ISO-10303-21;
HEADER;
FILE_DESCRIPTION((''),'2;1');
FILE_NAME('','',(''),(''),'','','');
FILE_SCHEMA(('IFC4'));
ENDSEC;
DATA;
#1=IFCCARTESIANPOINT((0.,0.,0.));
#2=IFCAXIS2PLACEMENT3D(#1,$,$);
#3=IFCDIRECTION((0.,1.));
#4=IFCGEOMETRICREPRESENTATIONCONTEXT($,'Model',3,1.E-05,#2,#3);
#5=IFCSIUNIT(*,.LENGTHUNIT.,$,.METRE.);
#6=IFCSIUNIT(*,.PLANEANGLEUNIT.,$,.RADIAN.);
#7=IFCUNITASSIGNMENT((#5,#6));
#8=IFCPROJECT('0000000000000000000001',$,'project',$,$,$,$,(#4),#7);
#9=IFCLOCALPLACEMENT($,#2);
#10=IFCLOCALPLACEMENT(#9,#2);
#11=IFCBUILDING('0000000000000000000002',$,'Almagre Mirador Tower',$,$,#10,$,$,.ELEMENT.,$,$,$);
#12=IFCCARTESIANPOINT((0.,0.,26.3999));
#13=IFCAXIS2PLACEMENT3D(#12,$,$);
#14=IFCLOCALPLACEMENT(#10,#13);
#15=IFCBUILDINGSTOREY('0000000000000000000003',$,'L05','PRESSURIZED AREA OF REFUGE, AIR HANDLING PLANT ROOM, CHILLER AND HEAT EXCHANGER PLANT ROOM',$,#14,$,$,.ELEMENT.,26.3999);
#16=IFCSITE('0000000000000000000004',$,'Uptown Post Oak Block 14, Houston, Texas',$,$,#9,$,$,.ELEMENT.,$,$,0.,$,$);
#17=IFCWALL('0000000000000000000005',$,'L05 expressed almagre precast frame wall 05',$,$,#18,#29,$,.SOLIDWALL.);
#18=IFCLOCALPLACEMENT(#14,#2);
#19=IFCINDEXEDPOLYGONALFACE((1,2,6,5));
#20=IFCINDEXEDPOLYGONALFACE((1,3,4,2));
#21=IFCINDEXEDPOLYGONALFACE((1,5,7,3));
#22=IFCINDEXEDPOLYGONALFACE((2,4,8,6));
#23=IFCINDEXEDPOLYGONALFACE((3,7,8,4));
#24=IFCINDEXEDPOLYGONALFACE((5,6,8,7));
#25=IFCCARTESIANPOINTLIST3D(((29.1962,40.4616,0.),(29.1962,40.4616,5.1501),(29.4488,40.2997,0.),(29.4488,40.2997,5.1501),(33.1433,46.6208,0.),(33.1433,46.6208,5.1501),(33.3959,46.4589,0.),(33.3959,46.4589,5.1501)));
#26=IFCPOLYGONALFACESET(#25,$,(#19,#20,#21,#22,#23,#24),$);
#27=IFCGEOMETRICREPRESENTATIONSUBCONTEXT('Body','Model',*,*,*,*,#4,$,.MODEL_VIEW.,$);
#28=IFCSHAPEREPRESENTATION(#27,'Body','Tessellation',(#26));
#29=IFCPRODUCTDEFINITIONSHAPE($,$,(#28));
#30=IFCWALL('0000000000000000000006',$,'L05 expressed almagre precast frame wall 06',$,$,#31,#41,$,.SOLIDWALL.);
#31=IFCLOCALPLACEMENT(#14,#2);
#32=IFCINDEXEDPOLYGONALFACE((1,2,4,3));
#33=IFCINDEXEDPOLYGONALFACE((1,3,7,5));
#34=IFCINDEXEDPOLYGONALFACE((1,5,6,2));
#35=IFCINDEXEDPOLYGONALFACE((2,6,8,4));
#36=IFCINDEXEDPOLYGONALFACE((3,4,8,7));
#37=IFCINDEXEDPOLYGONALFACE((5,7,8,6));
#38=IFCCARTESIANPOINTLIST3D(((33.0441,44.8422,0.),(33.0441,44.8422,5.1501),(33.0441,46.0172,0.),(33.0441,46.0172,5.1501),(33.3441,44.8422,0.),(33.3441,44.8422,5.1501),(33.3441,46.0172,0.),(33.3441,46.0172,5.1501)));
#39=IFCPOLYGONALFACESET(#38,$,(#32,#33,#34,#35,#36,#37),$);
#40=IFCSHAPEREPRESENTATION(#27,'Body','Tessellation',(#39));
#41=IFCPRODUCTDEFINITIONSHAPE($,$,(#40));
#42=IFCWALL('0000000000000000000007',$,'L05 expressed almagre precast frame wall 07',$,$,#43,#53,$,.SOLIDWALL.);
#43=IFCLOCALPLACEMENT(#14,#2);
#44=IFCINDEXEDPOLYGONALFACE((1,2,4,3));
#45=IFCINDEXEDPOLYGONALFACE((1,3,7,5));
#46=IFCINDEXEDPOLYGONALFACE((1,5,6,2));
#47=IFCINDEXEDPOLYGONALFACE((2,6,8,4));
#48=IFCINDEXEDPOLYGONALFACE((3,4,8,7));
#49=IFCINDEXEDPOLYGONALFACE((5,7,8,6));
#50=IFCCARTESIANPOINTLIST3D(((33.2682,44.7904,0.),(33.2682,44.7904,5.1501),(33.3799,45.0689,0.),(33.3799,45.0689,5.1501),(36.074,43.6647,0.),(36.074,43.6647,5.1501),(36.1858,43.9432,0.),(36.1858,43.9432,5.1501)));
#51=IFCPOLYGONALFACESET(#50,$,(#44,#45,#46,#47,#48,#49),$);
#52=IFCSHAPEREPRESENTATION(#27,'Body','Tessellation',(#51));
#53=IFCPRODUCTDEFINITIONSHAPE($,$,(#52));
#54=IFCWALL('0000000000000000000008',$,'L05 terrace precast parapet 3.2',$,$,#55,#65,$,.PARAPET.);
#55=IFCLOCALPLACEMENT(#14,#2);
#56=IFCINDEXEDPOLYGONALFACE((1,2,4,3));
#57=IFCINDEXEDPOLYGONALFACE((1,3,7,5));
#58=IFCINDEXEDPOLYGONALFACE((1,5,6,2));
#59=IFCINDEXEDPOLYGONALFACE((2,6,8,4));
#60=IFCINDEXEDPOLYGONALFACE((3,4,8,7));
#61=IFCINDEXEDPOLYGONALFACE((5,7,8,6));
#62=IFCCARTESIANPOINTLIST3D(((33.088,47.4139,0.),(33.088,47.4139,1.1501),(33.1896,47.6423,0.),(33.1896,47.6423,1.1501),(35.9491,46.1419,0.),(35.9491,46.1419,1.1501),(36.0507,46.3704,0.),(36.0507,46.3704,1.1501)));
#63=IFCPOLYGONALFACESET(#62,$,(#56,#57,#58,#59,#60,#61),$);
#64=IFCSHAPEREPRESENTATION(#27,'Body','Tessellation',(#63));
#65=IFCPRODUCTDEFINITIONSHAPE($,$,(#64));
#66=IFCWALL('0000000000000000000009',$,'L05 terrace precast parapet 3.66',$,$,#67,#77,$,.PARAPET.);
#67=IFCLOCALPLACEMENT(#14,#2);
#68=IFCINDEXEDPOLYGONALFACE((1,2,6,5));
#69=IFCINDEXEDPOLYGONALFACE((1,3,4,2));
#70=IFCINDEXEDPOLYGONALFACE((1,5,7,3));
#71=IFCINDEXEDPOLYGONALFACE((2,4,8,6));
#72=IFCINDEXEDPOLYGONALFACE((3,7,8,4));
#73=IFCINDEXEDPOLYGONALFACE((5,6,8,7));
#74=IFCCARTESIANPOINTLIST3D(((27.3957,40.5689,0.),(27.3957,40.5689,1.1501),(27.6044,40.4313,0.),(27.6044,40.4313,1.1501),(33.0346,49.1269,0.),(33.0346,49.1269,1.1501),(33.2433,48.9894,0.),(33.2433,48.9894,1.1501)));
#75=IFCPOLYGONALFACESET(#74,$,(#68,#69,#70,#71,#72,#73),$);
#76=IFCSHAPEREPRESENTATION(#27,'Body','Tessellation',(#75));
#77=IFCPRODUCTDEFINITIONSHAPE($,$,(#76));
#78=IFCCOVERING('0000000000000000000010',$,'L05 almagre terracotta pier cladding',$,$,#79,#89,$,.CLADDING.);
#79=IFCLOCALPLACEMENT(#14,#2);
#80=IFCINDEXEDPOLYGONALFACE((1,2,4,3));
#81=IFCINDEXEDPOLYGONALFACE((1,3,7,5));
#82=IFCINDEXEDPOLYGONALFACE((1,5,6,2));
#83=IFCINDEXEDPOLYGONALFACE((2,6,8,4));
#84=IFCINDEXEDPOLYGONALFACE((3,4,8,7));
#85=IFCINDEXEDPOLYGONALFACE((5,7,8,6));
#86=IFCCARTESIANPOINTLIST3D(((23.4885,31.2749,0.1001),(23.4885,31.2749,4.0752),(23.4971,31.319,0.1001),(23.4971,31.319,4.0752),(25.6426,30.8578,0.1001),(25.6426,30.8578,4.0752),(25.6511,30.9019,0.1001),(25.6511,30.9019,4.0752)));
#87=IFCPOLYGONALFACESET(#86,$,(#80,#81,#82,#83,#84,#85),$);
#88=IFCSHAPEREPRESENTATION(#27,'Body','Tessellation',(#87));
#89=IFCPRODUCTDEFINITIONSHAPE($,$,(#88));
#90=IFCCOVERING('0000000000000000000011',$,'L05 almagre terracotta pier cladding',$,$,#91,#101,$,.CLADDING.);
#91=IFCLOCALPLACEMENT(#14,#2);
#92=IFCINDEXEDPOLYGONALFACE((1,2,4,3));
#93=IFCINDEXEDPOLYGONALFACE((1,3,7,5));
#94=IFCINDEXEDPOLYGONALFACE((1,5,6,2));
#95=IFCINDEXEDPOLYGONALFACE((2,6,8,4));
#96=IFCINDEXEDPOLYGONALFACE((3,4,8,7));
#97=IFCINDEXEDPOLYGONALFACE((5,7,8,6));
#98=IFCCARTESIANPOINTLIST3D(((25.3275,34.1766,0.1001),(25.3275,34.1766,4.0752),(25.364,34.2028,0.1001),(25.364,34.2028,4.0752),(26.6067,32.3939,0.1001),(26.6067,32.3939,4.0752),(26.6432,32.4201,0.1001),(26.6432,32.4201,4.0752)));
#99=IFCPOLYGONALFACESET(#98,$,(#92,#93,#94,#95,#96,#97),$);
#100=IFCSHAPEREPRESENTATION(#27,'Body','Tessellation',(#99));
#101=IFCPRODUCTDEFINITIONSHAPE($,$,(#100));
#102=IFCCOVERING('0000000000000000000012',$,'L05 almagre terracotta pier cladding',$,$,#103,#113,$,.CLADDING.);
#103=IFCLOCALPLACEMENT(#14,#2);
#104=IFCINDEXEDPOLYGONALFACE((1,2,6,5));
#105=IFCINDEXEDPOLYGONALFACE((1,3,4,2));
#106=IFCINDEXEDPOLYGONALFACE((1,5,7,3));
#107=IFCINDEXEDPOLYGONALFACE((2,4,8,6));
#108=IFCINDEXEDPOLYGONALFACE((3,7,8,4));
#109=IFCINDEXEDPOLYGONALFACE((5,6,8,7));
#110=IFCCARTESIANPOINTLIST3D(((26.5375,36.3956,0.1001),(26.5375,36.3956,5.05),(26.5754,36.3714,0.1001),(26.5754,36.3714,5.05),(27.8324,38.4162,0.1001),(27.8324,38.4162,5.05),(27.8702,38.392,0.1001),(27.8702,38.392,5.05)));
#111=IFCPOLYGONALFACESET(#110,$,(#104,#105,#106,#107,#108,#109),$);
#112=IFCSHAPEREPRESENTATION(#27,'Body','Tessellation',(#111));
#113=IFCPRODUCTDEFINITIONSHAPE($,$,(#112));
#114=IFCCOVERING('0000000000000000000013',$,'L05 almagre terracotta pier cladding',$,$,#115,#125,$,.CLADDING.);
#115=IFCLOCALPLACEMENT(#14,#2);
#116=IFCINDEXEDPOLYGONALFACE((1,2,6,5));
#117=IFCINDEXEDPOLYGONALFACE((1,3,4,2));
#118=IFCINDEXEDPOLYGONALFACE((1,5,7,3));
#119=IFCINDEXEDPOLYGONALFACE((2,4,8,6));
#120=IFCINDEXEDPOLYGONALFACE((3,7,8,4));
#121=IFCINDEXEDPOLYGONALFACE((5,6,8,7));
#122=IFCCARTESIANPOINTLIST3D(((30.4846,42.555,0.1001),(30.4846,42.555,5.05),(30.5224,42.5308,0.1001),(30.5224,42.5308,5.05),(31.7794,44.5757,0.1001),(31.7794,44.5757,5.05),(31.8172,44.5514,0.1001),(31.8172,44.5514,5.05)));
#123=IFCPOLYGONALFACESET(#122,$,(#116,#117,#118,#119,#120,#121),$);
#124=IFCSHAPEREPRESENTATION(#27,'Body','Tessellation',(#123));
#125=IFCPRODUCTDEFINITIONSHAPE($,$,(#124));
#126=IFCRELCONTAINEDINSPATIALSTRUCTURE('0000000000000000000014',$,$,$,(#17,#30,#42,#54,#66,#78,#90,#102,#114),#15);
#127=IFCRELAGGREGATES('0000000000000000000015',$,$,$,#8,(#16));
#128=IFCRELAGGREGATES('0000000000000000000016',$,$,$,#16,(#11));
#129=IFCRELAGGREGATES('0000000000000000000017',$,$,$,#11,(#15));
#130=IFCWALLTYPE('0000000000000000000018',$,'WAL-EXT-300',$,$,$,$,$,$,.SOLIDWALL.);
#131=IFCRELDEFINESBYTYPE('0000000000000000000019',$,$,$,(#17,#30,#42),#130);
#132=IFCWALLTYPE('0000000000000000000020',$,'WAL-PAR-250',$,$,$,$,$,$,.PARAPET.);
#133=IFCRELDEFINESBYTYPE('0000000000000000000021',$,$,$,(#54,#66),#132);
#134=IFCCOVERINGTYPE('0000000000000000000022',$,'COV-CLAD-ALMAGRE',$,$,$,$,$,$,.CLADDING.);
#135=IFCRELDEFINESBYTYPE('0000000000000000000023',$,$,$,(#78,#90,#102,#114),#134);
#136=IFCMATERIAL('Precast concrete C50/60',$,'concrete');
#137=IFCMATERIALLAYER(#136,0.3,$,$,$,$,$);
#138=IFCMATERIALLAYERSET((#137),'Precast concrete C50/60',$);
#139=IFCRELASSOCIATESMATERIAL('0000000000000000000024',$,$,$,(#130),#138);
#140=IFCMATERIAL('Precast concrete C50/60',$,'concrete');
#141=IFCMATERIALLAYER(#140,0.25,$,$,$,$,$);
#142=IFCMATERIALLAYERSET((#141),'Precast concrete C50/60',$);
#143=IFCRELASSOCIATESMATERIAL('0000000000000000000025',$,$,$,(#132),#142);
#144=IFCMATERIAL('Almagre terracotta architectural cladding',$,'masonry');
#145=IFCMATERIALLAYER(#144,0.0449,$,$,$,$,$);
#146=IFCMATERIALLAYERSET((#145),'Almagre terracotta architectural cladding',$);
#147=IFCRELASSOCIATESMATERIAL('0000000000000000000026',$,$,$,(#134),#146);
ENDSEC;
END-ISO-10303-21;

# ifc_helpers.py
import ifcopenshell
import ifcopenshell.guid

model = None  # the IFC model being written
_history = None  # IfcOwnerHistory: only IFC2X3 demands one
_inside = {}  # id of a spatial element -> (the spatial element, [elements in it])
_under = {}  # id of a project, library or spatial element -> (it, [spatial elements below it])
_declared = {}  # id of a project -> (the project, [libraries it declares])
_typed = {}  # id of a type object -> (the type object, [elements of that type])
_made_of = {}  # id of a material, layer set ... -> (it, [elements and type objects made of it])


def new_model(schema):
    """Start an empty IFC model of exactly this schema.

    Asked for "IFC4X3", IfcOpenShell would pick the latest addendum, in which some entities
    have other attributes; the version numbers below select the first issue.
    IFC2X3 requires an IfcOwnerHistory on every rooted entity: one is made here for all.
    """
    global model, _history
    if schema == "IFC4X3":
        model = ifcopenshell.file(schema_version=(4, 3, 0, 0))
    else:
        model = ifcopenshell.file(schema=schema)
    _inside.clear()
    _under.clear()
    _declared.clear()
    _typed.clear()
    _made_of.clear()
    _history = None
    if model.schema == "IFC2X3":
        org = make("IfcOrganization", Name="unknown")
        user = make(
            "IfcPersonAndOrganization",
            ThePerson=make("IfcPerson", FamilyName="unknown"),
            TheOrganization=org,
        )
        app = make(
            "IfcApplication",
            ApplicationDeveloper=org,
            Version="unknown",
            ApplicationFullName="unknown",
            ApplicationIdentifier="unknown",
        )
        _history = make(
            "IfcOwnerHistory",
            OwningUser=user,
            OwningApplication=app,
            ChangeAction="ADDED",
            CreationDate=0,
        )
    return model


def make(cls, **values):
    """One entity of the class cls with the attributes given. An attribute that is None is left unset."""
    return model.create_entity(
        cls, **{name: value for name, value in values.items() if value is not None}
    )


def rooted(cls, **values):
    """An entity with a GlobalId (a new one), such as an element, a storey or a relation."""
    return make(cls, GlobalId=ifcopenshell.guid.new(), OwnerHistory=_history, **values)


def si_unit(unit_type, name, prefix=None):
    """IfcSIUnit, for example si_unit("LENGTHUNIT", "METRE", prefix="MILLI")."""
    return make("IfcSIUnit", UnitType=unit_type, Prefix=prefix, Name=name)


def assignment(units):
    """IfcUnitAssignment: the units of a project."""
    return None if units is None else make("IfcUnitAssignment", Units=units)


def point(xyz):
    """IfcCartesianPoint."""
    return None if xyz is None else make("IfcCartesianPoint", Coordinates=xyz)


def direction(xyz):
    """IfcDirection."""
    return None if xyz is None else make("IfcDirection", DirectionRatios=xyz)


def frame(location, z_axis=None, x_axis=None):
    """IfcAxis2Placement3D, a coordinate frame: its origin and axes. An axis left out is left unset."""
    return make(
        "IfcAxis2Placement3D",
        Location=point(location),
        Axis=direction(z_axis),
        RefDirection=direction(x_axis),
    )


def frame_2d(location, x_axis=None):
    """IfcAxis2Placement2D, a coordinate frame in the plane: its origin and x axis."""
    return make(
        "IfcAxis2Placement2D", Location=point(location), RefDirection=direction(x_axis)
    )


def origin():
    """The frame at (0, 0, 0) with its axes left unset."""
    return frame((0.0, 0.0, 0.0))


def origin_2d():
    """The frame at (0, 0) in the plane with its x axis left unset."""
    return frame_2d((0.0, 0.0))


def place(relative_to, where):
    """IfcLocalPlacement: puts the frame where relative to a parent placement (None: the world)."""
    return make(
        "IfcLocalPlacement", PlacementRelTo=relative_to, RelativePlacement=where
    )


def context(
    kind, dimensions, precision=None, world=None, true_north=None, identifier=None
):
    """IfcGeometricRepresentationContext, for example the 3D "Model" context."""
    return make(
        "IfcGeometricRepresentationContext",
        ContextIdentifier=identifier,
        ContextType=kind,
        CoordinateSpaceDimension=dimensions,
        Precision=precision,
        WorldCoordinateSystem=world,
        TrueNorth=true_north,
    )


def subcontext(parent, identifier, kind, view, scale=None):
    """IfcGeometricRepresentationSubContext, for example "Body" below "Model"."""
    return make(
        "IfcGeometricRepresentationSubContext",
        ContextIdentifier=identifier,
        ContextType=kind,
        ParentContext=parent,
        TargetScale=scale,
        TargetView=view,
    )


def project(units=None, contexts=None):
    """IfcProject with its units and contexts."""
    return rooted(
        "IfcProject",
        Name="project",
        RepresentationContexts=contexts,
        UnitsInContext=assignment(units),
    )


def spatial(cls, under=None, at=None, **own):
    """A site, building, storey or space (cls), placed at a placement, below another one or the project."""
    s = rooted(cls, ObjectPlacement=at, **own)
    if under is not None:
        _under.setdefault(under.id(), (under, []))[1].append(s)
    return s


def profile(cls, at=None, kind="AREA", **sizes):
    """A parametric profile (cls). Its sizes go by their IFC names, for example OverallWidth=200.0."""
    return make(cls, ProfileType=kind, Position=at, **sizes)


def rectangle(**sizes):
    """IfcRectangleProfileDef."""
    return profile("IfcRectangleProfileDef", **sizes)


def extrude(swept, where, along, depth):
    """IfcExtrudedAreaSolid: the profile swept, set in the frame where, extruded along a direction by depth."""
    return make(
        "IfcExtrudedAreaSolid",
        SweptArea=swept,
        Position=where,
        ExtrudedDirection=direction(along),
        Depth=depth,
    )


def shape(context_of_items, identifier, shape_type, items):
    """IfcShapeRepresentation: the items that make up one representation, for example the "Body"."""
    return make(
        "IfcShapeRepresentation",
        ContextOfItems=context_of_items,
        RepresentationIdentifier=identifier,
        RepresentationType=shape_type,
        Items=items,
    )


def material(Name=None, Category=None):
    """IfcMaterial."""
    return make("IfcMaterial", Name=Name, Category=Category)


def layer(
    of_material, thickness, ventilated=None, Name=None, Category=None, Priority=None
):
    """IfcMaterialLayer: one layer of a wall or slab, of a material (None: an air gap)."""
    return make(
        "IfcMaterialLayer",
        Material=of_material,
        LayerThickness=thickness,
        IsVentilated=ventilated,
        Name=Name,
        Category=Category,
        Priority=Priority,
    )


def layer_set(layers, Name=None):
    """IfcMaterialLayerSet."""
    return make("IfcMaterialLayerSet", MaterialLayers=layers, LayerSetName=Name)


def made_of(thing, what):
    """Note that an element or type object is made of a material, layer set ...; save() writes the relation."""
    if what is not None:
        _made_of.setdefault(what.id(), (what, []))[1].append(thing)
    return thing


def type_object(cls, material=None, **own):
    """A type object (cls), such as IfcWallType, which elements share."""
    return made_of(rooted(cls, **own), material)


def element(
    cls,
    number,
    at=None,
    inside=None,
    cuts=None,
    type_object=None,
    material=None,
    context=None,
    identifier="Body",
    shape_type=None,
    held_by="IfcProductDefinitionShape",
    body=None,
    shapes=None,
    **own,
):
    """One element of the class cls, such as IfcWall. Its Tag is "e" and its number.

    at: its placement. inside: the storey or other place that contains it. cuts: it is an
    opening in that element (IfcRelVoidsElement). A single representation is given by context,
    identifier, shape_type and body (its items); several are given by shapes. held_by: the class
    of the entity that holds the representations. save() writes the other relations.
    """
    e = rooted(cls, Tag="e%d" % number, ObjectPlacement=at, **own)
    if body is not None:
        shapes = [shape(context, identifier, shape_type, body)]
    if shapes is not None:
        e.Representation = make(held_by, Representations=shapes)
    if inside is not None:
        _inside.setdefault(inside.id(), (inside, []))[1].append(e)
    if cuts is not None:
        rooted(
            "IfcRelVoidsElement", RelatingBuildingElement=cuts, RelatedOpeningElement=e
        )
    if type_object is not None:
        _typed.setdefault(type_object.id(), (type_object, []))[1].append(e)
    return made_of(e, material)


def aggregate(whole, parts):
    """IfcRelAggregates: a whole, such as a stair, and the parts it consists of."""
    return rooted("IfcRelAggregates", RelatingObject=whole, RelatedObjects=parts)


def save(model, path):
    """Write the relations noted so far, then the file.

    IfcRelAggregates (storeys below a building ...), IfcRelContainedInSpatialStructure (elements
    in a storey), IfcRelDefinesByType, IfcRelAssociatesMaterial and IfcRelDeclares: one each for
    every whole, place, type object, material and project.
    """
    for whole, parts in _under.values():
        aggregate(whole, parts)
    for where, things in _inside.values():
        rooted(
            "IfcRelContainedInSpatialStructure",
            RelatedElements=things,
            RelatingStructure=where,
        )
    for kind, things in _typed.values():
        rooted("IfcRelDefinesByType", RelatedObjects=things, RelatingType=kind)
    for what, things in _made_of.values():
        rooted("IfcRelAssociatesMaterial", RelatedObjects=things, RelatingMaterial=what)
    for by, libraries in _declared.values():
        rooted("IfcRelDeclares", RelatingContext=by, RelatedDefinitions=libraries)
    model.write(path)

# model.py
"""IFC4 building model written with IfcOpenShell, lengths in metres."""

from ifc_helpers import new_model, si_unit, direction, frame, frame_2d, origin, origin_2d, place, context, subcontext, project, spatial, rectangle, extrude, material, layer, layer_set, type_object, element, save


model = new_model("IFC4")

# Units and contexts
model_context = context("Model", 3, precision=1e-05, world=origin(), true_north=direction((0.0, 1.0)))
body_context = subcontext(model_context, "Body", "Model", "MODEL_VIEW")
ifc_project = project(units=[si_unit("LENGTHUNIT", "METRE"), si_unit("PLANEANGLEUNIT", "RADIAN")], contexts=[model_context])

# Site, building, storey
site_placement = place(None, origin())
site = spatial("IfcSite", under=ifc_project, at=site_placement, Name="Uptown Post Oak Block 14, Houston, Texas", CompositionType="ELEMENT", RefElevation=0.0)
building_placement = place(site_placement, origin())
building = spatial("IfcBuilding", under=site, at=building_placement, Name="Almagre Mirador Tower", CompositionType="ELEMENT")
storey_placement = place(building_placement, frame((0.0, 0.0, 26.3999)))
storey = spatial("IfcBuildingStorey", under=building, at=storey_placement, Name="L05", Description="PRESSURIZED AREA OF REFUGE, AIR HANDLING PLANT ROOM, CHILLER AND HEAT EXCHANGER PLANT ROOM", CompositionType="ELEMENT", Elevation=26.3999)

# Walls
ifc_material_1 = material(Name="Precast concrete C50/60", Category="concrete")
ifc_layer_1 = layer(ifc_material_1, 0.3)
ifc_layer_set_1 = layer_set([ifc_layer_1], Name="Precast concrete C50/60")
wall_type_1 = type_object("IfcWallType", Name="WAL-EXT-300", PredefinedType="SOLIDWALL", material=ifc_layer_set_1)
wall_1_placement = place(storey_placement, frame((29.3225, 40.3806, 0.0), z_axis=(0.0, 0.0, 1.0), x_axis=(0.539553, 0.841952, 0.0)))
element("IfcWall", 1, at=wall_1_placement, inside=storey, type_object=wall_type_1, Name="L05 expressed almagre precast frame wall 05", PredefinedType="SOLIDWALL", context=body_context, shape_type="SweptSolid", body=[
    extrude(rectangle(XDim=7.3154, YDim=0.3, at=frame_2d((3.6577, 0.0))), origin(), (0.0, 0.0, 1.0), 5.1501),
])
wall_2_placement = place(storey_placement, frame((33.1941, 46.0171, 0.0), z_axis=(0.0, 0.0, 1.0), x_axis=(0.0, -1.0, 0.0)))
element("IfcWall", 2, at=wall_2_placement, inside=storey, type_object=wall_type_1, Name="L05 expressed almagre precast frame wall 06", PredefinedType="SOLIDWALL", context=body_context, shape_type="SweptSolid", body=[
    extrude(rectangle(XDim=1.175, YDim=0.3, at=frame_2d((0.5874, 0.0))), origin(), (0.0, 0.0, 1.0), 5.1501),
])
wall_3_placement = place(storey_placement, frame((33.324, 44.9297, 0.0), z_axis=(0.0, 0.0, 1.0), x_axis=(0.928092, -0.372351, 0.0)))
element("IfcWall", 3, at=wall_3_placement, inside=storey, type_object=wall_type_1, Name="L05 expressed almagre precast frame wall 07", PredefinedType="SOLIDWALL", context=body_context, shape_type="SweptSolid", body=[
    extrude(rectangle(XDim=3.0232, YDim=0.3, at=frame_2d((1.5117, 0.0))), origin(), (0.0, 0.0, 1.0), 5.1501),
])
ifc_material_2 = material(Name="Precast concrete C50/60", Category="concrete")
ifc_layer_2 = layer(ifc_material_2, 0.25)
ifc_layer_set_2 = layer_set([ifc_layer_2], Name="Precast concrete C50/60")
wall_type_2 = type_object("IfcWallType", Name="WAL-PAR-250", PredefinedType="PARAPET", material=ifc_layer_set_2)
wall_4_placement = place(storey_placement, frame((33.1389, 47.5281, 0.0), z_axis=(0.0, 0.0, 1.0), x_axis=(0.913767, -0.40624, 0.0)))
element("IfcWall", 4, at=wall_4_placement, inside=storey, type_object=wall_type_2, Name="L05 terrace precast parapet 3.2", PredefinedType="PARAPET", context=body_context, shape_type="SweptSolid", body=[
    extrude(rectangle(XDim=3.1311, YDim=0.25, at=frame_2d((1.5654, 0.0))), origin(), (0.0, 0.0, 1.0), 1.1501),
])
wall_5_placement = place(storey_placement, frame((27.5, 40.5, 0.0), z_axis=(0.0, 0.0, 1.0), x_axis=(0.550201, 0.835032, 0.0)))
element("IfcWall", 5, at=wall_5_placement, inside=storey, type_object=wall_type_2, Name="L05 terrace precast parapet 3.66", PredefinedType="PARAPET", context=body_context, shape_type="SweptSolid", body=[
    extrude(rectangle(XDim=10.2488, YDim=0.25, at=frame_2d((5.1245, 0.0))), origin(), (0.0, 0.0, 1.0), 1.1501),
])

# Coverings
ifc_material_3 = material(Name="Almagre terracotta architectural cladding", Category="masonry")
ifc_layer_3 = layer(ifc_material_3, 0.0449)
ifc_layer_set_3 = layer_set([ifc_layer_3], Name="Almagre terracotta architectural cladding")
covering_type = type_object("IfcCoveringType", Name="COV-CLAD-ALMAGRE", PredefinedType="CLADDING", material=ifc_layer_set_3)
for number, where, z_axis, x_axis, name in (
    (6, (24.5698, 31.0884, 0.1001), (0.0, 0.0, 1.0), (0.98176, -0.190124, 0.0), "L05 almagre terracotta pier cladding"),
    (7, (25.9854, 33.2983, 0.1001), (0.0, 0.0, 1.0), (-0.583002, 0.81247, 0.0), "L05 almagre terracotta pier cladding"),
):
    element("IfcCovering", number, at=place(storey_placement, frame(where, z_axis=z_axis, x_axis=x_axis)), inside=storey, type_object=covering_type, Name=name, PredefinedType="CLADDING", context=body_context, shape_type="SweptSolid", body=[
        extrude(rectangle(XDim=2.1941, YDim=0.0449, at=origin_2d()), origin(), (0.0, 0.0, 1.0), 3.9751),
    ])
for number, where, z_axis, x_axis, name in (
    (8, (27.2039, 37.3938, 0.1001), (0.0, 0.0, 1.0), (0.539535, 0.841963, 0.0), "L05 almagre terracotta pier cladding"),
    (9, (31.1509, 43.5532, 0.1001), (0.0, 0.0, 1.0), (0.539535, 0.841963, 0.0), "L05 almagre terracotta pier cladding"),
):
    element("IfcCovering", number, at=place(storey_placement, frame(where, z_axis=z_axis, x_axis=x_axis)), inside=storey, type_object=covering_type, Name=name, PredefinedType="CLADDING", context=body_context, shape_type="SweptSolid", body=[
        extrude(rectangle(XDim=2.3999, YDim=0.0449, at=origin_2d()), origin(), (0.0, 0.0, 1.0), 4.95),
    ])

save(model, "model.ifc")
